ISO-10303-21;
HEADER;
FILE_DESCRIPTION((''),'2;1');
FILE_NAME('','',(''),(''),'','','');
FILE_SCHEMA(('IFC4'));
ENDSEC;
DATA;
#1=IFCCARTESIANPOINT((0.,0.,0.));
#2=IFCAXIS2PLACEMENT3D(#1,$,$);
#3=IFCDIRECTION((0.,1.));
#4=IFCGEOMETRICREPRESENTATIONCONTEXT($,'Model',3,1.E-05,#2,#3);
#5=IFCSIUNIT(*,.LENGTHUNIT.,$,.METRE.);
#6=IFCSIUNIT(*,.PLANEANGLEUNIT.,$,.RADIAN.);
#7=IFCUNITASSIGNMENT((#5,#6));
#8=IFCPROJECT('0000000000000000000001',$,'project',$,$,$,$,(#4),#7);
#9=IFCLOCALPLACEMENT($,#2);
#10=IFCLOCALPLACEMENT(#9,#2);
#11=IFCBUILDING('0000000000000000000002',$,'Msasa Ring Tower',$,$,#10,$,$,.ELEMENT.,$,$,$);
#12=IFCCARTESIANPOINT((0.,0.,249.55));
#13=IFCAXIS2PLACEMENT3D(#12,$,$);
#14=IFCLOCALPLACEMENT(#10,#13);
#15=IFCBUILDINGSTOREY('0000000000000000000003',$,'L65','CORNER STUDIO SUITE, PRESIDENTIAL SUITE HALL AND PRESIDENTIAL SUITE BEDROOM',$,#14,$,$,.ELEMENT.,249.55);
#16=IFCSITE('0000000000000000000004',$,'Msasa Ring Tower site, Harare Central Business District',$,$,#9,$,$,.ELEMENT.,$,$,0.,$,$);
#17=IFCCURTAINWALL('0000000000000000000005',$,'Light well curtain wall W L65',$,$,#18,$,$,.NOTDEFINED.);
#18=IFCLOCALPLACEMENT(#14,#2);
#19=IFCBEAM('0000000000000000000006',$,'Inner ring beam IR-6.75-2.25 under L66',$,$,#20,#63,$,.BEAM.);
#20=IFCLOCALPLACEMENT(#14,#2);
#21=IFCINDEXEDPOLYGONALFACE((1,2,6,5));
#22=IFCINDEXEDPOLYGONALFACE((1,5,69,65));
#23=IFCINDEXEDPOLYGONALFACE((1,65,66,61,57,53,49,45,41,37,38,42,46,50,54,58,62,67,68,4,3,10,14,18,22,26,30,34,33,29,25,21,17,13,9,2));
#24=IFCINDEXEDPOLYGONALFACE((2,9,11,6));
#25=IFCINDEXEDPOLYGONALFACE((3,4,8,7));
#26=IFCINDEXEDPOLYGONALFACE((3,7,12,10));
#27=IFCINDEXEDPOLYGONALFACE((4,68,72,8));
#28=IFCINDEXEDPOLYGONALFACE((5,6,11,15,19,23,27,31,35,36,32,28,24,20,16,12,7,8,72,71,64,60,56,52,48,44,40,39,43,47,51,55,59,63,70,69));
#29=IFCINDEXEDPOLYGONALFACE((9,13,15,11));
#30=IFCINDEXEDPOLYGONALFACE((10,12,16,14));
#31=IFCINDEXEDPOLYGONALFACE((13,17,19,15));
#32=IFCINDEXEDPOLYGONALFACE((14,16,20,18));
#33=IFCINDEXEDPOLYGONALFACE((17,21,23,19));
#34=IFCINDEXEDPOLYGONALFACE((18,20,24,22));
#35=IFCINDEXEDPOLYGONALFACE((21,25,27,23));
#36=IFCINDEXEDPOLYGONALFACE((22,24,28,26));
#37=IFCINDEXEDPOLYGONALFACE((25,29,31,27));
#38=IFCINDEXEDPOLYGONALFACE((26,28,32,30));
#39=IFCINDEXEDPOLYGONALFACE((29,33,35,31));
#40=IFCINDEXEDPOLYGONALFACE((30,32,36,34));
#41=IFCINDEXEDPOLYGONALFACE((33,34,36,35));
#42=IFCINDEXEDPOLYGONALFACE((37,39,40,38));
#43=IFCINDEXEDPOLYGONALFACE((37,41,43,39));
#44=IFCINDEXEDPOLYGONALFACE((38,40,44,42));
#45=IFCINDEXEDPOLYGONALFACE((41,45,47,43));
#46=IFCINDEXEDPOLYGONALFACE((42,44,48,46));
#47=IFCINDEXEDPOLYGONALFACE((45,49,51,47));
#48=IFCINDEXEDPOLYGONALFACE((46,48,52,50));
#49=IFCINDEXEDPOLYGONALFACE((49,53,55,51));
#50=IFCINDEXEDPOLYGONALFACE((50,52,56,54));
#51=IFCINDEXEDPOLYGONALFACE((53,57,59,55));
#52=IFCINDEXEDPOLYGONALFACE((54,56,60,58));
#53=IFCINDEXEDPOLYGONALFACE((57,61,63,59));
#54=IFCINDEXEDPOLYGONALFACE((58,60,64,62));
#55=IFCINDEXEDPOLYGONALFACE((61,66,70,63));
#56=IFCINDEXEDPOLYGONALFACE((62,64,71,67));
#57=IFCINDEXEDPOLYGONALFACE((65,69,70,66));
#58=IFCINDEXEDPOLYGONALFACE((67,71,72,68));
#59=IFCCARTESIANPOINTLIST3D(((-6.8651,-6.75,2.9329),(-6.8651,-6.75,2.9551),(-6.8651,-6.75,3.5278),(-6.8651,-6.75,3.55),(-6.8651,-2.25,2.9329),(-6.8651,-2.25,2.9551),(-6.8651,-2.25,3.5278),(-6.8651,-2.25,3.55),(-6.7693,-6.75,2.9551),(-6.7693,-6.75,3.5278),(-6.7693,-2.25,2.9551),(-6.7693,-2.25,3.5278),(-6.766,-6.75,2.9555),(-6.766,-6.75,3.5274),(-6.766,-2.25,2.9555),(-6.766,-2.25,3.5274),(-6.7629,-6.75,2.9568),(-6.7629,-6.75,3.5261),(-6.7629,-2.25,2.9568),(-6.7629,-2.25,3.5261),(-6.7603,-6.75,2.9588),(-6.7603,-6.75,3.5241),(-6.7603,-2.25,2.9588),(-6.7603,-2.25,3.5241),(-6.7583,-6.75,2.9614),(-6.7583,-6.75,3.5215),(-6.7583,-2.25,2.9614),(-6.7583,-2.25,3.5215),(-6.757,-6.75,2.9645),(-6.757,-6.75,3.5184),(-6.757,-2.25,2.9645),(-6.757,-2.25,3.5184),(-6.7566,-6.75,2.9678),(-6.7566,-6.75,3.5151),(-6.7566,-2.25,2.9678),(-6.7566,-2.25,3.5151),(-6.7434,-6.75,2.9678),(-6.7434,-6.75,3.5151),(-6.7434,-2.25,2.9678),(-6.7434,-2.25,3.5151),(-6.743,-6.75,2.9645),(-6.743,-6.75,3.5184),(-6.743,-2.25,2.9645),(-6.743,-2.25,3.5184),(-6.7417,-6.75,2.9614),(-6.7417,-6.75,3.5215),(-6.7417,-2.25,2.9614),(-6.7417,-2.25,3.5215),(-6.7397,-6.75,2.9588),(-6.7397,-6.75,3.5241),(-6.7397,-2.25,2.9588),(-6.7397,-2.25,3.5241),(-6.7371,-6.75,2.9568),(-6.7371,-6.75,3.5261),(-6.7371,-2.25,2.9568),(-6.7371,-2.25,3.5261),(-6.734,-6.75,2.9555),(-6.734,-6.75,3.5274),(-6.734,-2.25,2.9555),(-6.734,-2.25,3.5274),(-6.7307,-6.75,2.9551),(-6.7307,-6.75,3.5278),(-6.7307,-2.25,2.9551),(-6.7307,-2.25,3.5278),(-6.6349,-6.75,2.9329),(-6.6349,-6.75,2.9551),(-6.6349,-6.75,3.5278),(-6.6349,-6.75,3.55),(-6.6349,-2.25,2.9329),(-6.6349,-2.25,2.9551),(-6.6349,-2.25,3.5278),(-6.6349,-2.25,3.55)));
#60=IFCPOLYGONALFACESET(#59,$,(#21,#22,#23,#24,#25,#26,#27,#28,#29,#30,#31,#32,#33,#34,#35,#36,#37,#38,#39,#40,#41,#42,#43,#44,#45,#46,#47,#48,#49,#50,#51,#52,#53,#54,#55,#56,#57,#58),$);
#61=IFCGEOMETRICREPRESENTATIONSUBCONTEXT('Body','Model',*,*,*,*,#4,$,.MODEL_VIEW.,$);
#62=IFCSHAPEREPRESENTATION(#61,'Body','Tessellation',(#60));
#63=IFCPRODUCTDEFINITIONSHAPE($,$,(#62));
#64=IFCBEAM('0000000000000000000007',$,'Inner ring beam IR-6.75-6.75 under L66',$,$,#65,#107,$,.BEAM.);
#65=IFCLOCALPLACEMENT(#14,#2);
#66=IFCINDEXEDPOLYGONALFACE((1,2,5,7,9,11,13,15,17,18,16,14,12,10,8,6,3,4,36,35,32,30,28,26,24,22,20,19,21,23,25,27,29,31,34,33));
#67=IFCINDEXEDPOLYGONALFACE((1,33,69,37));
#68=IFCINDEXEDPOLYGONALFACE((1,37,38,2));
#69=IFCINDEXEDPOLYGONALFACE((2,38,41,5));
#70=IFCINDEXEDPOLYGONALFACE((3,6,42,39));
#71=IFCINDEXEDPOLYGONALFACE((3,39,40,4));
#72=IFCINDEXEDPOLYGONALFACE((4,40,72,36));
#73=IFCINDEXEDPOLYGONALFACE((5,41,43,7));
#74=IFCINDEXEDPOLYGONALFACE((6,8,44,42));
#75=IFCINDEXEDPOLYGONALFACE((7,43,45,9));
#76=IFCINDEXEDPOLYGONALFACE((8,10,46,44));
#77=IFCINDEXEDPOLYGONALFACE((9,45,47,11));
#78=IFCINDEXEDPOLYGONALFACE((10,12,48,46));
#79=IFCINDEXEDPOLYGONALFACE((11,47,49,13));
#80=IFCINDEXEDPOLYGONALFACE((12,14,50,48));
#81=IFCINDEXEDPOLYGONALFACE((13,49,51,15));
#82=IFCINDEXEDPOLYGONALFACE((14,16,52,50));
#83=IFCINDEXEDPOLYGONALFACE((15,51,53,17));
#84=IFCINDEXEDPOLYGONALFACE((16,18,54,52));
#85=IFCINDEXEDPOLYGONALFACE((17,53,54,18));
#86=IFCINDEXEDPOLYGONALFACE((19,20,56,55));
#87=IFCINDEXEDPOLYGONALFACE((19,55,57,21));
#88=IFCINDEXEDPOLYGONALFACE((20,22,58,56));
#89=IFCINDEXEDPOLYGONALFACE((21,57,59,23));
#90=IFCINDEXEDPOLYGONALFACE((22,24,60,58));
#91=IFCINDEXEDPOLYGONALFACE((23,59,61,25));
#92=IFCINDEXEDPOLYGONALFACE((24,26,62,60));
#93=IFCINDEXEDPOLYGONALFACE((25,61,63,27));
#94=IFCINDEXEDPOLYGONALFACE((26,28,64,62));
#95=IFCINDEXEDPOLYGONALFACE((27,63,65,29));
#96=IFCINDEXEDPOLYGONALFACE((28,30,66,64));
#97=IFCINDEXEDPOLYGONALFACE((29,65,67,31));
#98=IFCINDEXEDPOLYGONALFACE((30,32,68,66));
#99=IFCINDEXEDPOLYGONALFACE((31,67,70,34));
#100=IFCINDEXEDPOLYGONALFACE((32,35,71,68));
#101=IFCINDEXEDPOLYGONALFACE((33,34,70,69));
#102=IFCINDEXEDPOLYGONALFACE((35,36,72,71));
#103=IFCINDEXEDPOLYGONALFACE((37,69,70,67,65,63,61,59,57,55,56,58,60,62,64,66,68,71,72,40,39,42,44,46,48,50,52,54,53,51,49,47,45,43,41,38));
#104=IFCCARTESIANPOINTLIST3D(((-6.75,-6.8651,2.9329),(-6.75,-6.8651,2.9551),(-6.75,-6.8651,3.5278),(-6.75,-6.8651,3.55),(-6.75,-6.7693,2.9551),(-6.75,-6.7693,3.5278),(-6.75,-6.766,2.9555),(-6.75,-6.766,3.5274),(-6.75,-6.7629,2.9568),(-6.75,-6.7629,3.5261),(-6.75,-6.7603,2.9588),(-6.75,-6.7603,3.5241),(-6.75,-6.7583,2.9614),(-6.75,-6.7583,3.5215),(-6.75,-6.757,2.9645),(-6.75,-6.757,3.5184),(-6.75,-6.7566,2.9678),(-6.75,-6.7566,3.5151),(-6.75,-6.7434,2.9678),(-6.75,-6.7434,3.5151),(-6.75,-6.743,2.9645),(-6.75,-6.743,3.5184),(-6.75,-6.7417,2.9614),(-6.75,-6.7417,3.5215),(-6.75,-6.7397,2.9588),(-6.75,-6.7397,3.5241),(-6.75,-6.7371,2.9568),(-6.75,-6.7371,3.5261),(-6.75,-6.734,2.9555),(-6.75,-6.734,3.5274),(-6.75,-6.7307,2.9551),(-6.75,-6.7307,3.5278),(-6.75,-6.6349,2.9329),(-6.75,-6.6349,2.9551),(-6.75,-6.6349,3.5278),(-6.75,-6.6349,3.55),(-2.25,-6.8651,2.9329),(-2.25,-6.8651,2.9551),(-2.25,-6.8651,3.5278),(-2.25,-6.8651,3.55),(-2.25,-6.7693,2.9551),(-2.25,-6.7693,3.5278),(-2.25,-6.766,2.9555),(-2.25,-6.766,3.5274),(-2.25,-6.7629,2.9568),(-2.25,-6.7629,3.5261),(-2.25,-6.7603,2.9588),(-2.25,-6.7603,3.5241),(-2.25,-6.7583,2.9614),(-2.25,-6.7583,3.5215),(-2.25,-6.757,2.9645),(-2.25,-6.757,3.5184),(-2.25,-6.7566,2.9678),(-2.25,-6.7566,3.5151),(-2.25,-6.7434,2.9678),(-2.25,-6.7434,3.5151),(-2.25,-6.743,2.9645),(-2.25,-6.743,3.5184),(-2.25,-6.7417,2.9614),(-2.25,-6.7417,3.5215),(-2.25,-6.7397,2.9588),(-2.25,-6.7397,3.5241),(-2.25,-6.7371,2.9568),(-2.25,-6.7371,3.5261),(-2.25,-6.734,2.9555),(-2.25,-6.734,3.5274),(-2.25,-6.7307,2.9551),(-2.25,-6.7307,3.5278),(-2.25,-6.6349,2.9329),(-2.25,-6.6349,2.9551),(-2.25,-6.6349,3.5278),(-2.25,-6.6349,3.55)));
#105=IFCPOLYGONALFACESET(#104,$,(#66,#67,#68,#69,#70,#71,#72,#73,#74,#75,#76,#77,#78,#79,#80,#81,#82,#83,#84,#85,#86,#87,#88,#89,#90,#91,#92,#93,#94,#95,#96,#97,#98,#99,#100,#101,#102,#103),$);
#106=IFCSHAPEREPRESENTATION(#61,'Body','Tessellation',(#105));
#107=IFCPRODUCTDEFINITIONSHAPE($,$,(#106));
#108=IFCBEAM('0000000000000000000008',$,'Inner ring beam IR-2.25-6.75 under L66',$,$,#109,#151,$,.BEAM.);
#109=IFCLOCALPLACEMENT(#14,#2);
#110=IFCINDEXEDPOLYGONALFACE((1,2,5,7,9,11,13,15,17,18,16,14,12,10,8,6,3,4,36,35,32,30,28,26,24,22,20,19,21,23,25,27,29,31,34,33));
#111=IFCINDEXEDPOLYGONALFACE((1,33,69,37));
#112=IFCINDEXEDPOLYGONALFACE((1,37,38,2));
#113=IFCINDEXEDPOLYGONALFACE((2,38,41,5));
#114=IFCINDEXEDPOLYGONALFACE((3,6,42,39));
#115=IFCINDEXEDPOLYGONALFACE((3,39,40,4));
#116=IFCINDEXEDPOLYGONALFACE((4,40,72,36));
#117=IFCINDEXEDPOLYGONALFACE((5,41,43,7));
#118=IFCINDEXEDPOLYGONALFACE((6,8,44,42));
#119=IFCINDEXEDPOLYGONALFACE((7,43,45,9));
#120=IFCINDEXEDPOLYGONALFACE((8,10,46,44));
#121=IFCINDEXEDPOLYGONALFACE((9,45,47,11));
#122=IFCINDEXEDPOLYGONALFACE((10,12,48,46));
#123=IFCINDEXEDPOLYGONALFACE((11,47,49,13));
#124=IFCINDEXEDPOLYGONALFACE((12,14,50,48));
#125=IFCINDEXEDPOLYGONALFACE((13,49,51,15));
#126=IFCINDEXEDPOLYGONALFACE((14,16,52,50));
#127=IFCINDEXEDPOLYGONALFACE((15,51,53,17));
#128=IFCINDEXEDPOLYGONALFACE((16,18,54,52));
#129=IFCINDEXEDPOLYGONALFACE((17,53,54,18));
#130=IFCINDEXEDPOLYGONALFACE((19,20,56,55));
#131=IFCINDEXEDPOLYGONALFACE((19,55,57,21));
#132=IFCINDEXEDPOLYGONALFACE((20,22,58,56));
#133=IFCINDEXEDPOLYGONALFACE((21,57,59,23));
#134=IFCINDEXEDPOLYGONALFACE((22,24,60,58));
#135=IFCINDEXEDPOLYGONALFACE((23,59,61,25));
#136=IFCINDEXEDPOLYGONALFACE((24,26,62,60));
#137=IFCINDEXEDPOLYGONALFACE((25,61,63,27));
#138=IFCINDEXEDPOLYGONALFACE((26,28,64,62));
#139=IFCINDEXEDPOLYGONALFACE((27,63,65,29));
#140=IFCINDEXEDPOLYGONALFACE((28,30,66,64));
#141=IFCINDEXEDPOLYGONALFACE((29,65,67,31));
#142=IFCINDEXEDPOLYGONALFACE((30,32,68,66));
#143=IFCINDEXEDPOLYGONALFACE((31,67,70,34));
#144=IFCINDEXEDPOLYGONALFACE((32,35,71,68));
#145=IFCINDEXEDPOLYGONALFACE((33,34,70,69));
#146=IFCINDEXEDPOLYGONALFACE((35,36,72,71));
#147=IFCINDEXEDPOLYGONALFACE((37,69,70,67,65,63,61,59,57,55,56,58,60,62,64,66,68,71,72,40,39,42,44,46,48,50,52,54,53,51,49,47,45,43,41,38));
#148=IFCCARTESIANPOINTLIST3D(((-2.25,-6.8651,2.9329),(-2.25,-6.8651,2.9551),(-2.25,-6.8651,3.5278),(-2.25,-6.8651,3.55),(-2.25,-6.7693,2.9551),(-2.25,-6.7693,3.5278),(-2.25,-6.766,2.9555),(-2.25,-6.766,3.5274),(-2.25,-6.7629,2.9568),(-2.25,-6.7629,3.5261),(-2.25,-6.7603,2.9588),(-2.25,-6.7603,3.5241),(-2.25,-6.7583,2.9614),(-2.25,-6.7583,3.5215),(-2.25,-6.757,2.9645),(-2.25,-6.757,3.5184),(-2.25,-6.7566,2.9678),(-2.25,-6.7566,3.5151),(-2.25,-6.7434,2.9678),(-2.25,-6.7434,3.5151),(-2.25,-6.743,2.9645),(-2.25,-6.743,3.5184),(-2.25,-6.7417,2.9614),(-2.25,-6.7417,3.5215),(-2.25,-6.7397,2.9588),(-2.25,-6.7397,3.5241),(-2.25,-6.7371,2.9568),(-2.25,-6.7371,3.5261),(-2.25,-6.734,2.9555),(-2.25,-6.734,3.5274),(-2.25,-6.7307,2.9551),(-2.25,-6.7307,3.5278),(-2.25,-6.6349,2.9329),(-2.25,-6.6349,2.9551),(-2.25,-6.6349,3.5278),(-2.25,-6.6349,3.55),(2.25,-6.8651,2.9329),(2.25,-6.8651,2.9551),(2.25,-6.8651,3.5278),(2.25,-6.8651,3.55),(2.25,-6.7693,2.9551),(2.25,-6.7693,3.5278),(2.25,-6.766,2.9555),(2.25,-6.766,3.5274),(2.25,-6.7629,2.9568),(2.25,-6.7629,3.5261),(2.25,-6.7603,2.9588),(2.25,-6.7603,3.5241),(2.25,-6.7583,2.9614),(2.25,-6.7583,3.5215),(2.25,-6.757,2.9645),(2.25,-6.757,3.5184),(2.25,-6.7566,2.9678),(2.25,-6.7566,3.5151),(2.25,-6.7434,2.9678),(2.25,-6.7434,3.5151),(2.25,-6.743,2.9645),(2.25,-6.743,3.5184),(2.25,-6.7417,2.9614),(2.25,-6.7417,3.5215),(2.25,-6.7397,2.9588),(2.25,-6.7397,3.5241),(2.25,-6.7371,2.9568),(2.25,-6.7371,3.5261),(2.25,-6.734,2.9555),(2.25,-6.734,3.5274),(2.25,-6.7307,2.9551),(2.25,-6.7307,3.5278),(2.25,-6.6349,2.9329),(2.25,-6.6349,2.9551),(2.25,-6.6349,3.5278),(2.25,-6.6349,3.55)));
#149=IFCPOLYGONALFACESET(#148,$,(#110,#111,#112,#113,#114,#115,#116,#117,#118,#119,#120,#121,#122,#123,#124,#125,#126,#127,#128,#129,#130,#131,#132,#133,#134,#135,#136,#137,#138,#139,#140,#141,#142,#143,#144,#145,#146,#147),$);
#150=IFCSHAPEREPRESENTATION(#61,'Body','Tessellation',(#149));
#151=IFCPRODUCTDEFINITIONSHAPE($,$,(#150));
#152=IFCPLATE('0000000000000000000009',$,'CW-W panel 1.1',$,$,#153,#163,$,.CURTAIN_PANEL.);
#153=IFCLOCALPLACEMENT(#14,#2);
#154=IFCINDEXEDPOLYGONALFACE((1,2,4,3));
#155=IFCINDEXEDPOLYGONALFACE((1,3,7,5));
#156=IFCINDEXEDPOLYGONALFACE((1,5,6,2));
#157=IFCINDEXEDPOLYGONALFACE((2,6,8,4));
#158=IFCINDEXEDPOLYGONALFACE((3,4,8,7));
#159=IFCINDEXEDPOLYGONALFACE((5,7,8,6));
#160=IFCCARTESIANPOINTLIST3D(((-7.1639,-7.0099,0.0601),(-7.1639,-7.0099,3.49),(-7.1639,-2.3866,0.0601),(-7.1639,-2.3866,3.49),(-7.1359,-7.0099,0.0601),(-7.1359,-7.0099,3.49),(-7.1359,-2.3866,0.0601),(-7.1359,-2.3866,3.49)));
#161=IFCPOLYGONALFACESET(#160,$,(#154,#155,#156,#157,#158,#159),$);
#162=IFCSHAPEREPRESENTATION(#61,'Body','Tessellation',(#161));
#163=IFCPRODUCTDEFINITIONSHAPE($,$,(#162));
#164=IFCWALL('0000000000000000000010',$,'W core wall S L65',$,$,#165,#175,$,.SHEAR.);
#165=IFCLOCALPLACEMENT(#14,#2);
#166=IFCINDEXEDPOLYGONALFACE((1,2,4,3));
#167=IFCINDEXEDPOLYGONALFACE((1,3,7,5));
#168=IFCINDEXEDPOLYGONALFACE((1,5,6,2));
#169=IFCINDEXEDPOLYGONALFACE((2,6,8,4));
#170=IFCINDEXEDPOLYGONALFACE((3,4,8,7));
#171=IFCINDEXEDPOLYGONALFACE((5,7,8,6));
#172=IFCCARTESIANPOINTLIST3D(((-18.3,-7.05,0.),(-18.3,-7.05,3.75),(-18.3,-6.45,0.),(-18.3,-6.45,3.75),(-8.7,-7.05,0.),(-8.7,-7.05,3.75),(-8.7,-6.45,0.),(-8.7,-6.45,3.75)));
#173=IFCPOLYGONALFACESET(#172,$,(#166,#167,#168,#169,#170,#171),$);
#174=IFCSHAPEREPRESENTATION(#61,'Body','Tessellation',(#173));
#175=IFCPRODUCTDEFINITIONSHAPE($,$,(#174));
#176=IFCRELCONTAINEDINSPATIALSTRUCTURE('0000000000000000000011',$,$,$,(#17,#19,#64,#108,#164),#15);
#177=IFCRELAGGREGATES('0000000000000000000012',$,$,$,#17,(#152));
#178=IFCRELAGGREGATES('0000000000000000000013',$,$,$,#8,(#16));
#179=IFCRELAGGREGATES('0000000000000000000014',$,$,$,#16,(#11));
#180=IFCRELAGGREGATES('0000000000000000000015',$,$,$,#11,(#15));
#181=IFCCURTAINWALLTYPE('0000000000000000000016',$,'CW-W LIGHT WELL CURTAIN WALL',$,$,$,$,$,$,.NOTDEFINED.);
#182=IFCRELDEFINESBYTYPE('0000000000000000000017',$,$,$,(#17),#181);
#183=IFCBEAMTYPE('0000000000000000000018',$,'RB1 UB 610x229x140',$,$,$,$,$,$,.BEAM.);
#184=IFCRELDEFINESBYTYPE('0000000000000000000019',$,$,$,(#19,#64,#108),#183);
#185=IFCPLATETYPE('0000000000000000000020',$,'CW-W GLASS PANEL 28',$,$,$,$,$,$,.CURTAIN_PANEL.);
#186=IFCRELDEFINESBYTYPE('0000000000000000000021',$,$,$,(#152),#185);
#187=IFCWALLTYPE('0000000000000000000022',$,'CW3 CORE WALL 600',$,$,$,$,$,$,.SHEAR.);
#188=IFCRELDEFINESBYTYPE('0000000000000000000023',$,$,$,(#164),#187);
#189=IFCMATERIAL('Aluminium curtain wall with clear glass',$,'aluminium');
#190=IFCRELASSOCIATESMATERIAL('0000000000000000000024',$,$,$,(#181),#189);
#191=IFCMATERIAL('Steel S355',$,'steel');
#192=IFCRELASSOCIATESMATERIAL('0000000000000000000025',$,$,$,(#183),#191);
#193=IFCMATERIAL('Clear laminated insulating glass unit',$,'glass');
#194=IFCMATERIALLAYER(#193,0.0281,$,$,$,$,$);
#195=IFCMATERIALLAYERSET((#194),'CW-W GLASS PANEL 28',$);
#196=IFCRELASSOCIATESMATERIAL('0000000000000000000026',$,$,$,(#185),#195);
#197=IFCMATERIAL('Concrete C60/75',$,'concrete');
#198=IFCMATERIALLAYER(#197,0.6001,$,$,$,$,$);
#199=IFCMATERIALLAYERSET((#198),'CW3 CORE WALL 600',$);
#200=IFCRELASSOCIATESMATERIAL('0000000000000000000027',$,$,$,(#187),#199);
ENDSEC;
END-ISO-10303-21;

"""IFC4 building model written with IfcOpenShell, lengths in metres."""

from ifc_helpers import new_model, si_unit, direction, frame, frame_2d, origin, origin_2d, place, context, subcontext, project, spatial, rectangle, i_section, extrude, material, layer, layer_set, material_profile, profile_set, type_object, element, aggregate, save


model = new_model("IFC4")

# Units and contexts
model_context = context("Model", 3, precision=1e-05, world=origin(), true_north=direction((0.0, 1.0)))
body_context = subcontext(model_context, "Body", "Model", "MODEL_VIEW")
ifc_project = project(units=[si_unit("LENGTHUNIT", "METRE"), si_unit("PLANEANGLEUNIT", "RADIAN")], contexts=[model_context])

# Site, building, storey
site_placement = place(None, origin())
site = spatial("IfcSite", under=ifc_project, at=site_placement, Name="Msasa Ring Tower site, Harare Central Business District", CompositionType="ELEMENT", RefElevation=0.0)
building_placement = place(site_placement, origin())
building = spatial("IfcBuilding", under=site, at=building_placement, Name="Msasa Ring Tower", CompositionType="ELEMENT")
storey_placement = place(building_placement, frame((0.0, 0.0, 249.55)))
storey = spatial("IfcBuildingStorey", under=building, at=storey_placement, Name="L65", Description="CORNER STUDIO SUITE, PRESIDENTIAL SUITE HALL AND PRESIDENTIAL SUITE BEDROOM", CompositionType="ELEMENT", Elevation=249.55)

# Shared definitions
ifc_material_1 = material(Name="Aluminium curtain wall with clear glass", Category="aluminium")
curtain_wall_type = type_object("IfcCurtainWallType", Name="CW-W LIGHT WELL CURTAIN WALL", PredefinedType="NOTDEFINED", material=ifc_material_1)

# Curtain wall
curtain_wall_1_placement = place(storey_placement, origin())
curtain_wall_1 = element("IfcCurtainWall", 1, at=curtain_wall_1_placement, inside=storey, type_object=curtain_wall_type, Name="Light well curtain wall W L65", PredefinedType="NOTDEFINED")

# Beams
ifc_material_2 = material(Name="Steel S355", Category="steel")
ifc_material_profile_1 = material_profile(ifc_material_2, i_section(OverallWidth=0.2302, OverallDepth=0.6172, WebThickness=0.0132, FlangeThickness=0.0222, FilletRadius=0.0127, at=origin_2d()), Name="UB 610x229x140")
ifc_profile_set_1 = profile_set([ifc_material_profile_1], Name="Steel S355")
beam_type = type_object("IfcBeamType", Name="RB1 UB 610x229x140", PredefinedType="BEAM", material=ifc_profile_set_1)
for number, where, z_axis, x_axis, name in (
    (2, (-6.75, -2.25, 3.2415), (0.0, -1.0, 0.0), (1.0, 0.0, 0.0), "Inner ring beam IR-6.75-2.25 under L66"),
    (3, (-6.75, -6.75, 3.2415), (1.0, 0.0, 0.0), (0.0, 1.0, 0.0), "Inner ring beam IR-6.75-6.75 under L66"),
    (4, (-2.25, -6.75, 3.2415), (1.0, 0.0, 0.0), (0.0, 1.0, 0.0), "Inner ring beam IR-2.25-6.75 under L66"),
):
    element("IfcBeam", number, at=place(storey_placement, frame(where, z_axis=z_axis, x_axis=x_axis)), inside=storey, type_object=beam_type, Name=name, PredefinedType="BEAM", context=body_context, shape_type="SweptSolid", body=[
        extrude(i_section(OverallWidth=0.2302, OverallDepth=0.6172, WebThickness=0.0132, FlangeThickness=0.0222, FilletRadius=0.0127, at=origin_2d()), origin(), (0.0, 0.0, 1.0), 4.5),
    ])

# Plate
ifc_material_3 = material(Name="Clear laminated insulating glass unit", Category="glass")
ifc_layer_1 = layer(ifc_material_3, 0.0281)
ifc_layer_set_1 = layer_set([ifc_layer_1], Name="CW-W GLASS PANEL 28")
plate_type = type_object("IfcPlateType", Name="CW-W GLASS PANEL 28", PredefinedType="CURTAIN_PANEL", material=ifc_layer_set_1)
plate_placement = place(storey_placement, frame((-7.1499, -4.6982, 0.0601), z_axis=(0.0, 0.0, 1.0), x_axis=(0.0, 1.0, 0.0)))
plate = element("IfcPlate", 5, at=plate_placement, type_object=plate_type, Name="CW-W panel 1.1", PredefinedType="CURTAIN_PANEL", context=body_context, shape_type="SweptSolid", body=[
    extrude(rectangle(XDim=4.6233, YDim=0.0281, at=origin_2d()), origin(), (0.0, 0.0, 1.0), 3.4299),
])
aggregate(curtain_wall_1, [plate])

# Wall
ifc_material_4 = material(Name="Concrete C60/75", Category="concrete")
ifc_layer_2 = layer(ifc_material_4, 0.6001)
ifc_layer_set_2 = layer_set([ifc_layer_2], Name="CW3 CORE WALL 600")
wall_type_1 = type_object("IfcWallType", Name="CW3 CORE WALL 600", PredefinedType="SHEAR", material=ifc_layer_set_2)
wall_1_placement = place(storey_placement, frame((-8.7, -6.75, 0.0), z_axis=(0.0, 0.0, 1.0), x_axis=(-1.0, 0.0, 0.0)))
element("IfcWall", 6, at=wall_1_placement, inside=storey, type_object=wall_type_1, Name="W core wall S L65", PredefinedType="SHEAR", context=body_context, shape_type="SweptSolid", body=[
    extrude(rectangle(XDim=9.6001, YDim=0.6001, at=frame_2d((4.8, 0.0))), origin(), (0.0, 0.0, 1.0), 3.75),
])

save(model, "model.ifc")
